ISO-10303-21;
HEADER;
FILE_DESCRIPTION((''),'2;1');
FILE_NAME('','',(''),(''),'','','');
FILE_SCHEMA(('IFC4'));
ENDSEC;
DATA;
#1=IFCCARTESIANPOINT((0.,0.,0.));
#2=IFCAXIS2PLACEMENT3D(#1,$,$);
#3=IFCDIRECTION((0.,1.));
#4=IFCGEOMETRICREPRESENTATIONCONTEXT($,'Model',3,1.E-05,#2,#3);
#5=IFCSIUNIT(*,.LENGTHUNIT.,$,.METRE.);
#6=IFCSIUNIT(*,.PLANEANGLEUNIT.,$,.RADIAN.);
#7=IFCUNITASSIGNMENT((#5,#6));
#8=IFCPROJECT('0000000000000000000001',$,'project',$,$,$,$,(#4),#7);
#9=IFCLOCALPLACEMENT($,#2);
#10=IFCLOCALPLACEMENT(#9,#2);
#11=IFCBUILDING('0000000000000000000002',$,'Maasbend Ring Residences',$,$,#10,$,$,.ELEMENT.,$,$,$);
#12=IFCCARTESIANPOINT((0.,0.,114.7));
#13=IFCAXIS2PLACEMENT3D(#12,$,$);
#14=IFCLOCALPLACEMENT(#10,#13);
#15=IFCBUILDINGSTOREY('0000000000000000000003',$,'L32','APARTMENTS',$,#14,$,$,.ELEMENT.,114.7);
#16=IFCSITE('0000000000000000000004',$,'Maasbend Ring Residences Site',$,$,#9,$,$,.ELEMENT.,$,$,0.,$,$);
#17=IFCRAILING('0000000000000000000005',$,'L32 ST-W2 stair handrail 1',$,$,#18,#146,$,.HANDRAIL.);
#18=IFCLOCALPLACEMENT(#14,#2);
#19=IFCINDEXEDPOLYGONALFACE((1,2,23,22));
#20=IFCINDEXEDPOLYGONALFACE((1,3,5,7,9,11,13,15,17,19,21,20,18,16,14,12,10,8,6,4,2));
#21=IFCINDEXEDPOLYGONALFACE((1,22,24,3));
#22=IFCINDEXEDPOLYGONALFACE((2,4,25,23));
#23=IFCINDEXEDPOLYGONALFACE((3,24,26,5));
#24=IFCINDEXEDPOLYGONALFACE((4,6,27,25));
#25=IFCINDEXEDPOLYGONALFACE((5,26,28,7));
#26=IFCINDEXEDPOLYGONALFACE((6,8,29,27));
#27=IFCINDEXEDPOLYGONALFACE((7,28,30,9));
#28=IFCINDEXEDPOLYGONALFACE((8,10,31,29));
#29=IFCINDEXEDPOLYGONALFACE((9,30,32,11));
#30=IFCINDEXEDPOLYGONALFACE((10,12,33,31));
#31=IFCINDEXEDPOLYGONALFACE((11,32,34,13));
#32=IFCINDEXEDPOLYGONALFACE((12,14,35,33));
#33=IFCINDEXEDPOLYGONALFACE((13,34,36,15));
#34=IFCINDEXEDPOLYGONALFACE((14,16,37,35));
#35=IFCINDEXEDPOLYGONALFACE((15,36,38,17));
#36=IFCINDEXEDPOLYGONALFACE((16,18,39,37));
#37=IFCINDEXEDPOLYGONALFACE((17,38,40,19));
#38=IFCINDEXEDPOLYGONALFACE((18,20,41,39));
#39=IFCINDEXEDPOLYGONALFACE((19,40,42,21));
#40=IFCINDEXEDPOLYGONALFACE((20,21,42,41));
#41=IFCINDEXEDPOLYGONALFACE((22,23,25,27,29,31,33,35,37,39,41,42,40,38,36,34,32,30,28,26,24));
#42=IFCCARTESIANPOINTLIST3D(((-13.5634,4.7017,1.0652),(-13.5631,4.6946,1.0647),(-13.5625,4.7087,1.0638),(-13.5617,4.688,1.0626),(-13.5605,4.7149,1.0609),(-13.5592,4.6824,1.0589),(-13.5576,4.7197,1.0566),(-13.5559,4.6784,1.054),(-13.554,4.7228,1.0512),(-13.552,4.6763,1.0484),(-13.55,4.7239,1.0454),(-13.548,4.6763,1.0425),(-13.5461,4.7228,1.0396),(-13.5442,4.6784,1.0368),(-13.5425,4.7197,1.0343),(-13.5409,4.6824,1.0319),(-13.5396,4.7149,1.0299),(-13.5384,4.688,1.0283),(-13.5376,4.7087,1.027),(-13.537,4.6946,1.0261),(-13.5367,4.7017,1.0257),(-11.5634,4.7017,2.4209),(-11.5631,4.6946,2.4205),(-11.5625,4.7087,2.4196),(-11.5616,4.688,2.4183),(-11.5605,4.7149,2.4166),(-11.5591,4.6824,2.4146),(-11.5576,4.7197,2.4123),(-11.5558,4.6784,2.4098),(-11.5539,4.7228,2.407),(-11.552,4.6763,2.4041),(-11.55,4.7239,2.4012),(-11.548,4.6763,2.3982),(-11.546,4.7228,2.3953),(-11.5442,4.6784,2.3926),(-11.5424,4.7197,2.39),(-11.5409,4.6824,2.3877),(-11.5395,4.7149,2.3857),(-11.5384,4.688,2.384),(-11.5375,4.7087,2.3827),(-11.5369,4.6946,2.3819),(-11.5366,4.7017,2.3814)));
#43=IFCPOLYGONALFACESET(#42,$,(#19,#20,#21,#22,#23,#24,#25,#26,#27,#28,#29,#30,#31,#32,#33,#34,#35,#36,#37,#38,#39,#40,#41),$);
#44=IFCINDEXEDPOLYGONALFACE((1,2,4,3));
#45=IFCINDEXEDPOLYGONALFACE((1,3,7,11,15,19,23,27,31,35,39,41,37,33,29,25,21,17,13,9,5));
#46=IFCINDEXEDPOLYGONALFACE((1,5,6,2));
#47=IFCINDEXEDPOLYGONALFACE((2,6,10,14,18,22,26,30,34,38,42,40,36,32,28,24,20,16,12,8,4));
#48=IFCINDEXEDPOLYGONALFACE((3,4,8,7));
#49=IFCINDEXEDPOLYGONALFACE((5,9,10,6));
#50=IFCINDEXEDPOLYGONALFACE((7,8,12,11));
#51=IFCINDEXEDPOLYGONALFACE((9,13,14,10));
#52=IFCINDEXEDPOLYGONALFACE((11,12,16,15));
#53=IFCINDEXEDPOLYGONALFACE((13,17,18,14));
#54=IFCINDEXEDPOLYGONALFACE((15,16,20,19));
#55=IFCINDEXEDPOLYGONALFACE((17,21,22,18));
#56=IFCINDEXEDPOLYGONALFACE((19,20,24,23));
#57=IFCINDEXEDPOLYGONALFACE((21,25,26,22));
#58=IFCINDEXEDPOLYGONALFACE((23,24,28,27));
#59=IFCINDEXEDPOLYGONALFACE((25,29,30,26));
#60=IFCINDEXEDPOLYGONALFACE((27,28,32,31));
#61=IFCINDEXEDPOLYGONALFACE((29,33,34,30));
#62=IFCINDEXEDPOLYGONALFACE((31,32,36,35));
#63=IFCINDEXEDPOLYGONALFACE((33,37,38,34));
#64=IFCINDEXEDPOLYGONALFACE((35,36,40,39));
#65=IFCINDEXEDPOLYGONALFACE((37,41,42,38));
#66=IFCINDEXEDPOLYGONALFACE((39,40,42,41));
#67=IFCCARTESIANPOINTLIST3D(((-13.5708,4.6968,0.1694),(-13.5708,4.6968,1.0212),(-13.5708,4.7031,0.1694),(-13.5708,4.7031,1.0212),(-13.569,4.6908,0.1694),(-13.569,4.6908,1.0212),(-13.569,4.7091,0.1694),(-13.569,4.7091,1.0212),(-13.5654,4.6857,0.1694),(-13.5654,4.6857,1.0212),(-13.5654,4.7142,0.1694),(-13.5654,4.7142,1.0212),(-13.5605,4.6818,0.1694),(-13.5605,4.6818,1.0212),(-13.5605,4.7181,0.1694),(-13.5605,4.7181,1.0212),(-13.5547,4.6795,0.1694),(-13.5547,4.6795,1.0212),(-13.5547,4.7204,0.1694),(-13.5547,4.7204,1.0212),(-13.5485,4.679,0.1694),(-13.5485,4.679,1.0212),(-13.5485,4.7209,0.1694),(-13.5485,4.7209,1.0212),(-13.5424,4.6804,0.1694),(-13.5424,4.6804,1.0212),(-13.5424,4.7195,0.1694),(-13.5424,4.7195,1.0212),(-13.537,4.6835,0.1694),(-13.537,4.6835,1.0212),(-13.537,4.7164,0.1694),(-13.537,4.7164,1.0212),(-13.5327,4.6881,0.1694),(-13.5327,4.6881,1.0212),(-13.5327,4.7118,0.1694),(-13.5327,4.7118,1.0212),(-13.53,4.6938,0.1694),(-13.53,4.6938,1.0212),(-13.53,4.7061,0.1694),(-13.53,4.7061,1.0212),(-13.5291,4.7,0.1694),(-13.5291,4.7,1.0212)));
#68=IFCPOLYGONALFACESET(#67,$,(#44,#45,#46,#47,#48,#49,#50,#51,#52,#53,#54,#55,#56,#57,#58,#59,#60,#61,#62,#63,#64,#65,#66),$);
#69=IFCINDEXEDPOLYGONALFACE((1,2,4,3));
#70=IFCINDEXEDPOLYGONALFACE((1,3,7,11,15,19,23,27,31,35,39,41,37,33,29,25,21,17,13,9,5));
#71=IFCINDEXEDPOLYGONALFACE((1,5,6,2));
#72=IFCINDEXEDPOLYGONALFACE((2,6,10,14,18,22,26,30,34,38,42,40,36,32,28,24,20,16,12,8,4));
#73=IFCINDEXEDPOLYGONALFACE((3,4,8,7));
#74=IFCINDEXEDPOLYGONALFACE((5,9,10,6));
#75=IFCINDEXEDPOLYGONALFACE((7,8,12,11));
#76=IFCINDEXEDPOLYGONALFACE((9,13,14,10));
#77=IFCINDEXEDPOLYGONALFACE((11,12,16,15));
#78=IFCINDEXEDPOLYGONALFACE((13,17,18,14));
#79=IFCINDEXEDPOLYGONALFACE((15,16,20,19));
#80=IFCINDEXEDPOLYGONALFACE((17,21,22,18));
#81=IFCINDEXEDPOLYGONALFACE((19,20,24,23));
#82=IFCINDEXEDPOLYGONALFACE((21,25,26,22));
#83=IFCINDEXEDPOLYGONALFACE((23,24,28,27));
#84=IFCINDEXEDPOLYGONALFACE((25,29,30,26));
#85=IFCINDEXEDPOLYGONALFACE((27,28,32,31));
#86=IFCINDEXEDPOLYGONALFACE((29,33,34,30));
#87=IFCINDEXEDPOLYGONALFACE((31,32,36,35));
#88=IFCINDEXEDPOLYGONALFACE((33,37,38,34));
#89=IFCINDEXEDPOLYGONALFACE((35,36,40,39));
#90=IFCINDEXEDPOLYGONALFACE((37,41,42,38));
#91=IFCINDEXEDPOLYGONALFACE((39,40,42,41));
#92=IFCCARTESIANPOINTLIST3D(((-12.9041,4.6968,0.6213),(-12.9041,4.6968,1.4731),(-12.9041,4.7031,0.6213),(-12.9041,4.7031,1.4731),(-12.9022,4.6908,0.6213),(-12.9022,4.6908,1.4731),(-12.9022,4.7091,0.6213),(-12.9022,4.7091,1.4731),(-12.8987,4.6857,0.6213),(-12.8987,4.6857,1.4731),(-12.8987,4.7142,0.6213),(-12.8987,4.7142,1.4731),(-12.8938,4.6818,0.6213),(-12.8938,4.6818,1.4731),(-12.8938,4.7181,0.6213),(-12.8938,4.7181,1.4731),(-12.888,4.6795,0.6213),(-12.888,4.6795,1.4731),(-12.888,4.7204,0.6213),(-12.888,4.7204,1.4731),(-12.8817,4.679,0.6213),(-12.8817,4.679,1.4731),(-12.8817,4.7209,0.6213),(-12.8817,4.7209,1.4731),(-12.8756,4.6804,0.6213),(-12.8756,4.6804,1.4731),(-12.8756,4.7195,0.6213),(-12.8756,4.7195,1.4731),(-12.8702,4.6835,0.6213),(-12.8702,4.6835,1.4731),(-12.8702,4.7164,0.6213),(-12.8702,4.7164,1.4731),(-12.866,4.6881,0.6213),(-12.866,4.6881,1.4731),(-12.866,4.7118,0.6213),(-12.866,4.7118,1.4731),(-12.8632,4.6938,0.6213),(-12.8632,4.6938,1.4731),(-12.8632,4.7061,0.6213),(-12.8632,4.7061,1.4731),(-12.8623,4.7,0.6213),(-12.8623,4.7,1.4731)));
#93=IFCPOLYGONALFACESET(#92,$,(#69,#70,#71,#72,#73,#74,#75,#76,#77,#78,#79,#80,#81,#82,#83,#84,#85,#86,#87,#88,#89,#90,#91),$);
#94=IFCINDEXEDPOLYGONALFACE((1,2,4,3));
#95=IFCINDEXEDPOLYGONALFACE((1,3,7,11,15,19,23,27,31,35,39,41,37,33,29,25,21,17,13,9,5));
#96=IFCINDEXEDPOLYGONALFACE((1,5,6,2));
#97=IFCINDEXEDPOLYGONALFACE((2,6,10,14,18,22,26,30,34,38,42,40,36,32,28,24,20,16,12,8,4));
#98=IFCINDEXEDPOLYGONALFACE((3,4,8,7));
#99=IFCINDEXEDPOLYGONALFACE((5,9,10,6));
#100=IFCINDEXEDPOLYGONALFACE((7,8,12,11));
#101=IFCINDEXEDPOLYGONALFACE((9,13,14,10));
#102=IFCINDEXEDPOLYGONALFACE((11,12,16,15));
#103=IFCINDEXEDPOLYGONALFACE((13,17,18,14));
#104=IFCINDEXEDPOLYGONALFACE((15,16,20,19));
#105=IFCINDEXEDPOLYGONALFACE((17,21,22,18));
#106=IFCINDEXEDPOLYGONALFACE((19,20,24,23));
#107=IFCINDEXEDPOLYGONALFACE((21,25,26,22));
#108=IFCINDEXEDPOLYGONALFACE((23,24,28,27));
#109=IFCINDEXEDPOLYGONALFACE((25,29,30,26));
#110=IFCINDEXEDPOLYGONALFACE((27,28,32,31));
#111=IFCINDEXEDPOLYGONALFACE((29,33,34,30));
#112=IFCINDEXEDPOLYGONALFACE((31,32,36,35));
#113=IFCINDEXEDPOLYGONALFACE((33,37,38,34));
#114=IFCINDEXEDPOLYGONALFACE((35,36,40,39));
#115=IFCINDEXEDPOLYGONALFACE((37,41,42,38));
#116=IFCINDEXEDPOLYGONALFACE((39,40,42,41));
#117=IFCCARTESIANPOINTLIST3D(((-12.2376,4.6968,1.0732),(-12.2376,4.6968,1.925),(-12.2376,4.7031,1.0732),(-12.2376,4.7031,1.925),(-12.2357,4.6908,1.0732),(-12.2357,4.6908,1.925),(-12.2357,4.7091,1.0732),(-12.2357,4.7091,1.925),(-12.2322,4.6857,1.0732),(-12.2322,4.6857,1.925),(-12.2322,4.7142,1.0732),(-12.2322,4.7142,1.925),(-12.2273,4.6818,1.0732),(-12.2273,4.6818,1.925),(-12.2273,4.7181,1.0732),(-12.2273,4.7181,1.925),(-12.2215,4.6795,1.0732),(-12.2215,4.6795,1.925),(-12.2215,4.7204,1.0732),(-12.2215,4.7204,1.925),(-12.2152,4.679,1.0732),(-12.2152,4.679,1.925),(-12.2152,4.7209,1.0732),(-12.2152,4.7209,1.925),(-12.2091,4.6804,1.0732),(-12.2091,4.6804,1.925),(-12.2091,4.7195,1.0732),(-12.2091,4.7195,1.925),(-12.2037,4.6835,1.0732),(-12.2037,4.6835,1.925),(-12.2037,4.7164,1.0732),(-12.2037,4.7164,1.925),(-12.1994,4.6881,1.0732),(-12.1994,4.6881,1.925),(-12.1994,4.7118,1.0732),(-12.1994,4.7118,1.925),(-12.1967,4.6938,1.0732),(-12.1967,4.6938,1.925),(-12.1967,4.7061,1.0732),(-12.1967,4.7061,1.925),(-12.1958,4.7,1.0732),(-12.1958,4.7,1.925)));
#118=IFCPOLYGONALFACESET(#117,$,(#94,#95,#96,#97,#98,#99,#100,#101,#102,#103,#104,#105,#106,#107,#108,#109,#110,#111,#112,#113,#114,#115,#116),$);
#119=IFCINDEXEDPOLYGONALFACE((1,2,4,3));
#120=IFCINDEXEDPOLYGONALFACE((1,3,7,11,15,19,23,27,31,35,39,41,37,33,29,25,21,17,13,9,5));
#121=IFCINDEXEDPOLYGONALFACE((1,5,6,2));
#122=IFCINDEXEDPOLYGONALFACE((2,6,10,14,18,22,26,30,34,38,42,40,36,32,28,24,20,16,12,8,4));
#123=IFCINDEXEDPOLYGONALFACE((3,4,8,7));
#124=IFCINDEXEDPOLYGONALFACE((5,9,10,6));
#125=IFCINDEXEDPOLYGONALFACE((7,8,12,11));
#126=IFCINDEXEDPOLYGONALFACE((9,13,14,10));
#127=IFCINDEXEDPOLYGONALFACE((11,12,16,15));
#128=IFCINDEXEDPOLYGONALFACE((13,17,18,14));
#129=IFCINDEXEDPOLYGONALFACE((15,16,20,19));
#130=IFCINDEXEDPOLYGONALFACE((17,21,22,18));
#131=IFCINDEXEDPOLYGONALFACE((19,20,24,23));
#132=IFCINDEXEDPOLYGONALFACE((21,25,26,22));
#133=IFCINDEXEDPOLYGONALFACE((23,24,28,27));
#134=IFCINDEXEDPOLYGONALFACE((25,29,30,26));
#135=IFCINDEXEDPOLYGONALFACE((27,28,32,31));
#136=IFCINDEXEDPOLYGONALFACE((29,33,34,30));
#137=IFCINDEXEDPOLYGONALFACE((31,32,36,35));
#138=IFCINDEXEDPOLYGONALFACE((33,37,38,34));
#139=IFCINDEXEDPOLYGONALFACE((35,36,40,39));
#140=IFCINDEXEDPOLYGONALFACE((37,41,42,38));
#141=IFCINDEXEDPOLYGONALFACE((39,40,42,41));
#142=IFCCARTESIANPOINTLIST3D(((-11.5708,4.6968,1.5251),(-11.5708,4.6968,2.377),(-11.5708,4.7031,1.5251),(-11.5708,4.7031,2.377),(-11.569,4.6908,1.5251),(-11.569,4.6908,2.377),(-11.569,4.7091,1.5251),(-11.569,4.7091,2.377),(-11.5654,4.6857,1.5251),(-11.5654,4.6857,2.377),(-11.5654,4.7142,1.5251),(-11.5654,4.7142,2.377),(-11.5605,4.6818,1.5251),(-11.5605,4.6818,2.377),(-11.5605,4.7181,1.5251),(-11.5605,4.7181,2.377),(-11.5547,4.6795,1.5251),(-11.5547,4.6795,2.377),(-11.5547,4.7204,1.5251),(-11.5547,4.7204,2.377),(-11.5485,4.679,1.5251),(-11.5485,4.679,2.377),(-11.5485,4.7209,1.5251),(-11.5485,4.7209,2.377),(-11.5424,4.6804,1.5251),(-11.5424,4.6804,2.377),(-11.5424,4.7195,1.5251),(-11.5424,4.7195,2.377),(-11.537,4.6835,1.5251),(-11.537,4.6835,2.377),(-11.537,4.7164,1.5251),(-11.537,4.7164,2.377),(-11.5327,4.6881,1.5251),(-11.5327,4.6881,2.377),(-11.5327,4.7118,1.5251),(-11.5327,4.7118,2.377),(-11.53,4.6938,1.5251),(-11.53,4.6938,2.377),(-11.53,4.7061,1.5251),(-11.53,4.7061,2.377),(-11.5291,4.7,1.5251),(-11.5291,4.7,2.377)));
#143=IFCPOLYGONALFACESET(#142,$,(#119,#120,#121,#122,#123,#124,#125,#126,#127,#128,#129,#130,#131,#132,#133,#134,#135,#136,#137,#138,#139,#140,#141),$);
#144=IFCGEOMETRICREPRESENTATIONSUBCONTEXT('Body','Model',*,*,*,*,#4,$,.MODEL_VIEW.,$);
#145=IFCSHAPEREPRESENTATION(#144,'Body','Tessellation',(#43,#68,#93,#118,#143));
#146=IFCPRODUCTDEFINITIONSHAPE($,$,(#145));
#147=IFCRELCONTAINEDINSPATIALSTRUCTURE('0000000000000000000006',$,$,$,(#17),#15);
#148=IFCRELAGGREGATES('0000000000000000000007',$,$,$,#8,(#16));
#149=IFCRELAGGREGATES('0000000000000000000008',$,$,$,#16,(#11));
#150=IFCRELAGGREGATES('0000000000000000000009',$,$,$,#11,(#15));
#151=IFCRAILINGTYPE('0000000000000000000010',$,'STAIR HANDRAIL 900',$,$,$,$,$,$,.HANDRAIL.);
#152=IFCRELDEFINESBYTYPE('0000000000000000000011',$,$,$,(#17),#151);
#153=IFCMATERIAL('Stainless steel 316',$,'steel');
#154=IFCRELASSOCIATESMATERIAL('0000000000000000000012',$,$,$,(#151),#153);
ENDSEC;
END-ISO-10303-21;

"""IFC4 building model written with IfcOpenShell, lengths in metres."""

from ifc_helpers import new_model, si_unit, direction, frame, origin, origin_2d, place, context, subcontext, project, spatial, circle, extrude, material, type_object, element, save


model = new_model("IFC4")

# Units and contexts
model_context = context("Model", 3, precision=1e-05, world=origin(), true_north=direction((0.0, 1.0)))
body_context = subcontext(model_context, "Body", "Model", "MODEL_VIEW")
ifc_project = project(units=[si_unit("LENGTHUNIT", "METRE"), si_unit("PLANEANGLEUNIT", "RADIAN")], contexts=[model_context])

# Site, building, storey
site_placement = place(None, origin())
site = spatial("IfcSite", under=ifc_project, at=site_placement, Name="Maasbend Ring Residences Site", CompositionType="ELEMENT", RefElevation=0.0)
building_placement = place(site_placement, origin())
building = spatial("IfcBuilding", under=site, at=building_placement, Name="Maasbend Ring Residences", CompositionType="ELEMENT")
storey_placement = place(building_placement, frame((0.0, 0.0, 114.7)))
storey = spatial("IfcBuildingStorey", under=building, at=storey_placement, Name="L32", Description="APARTMENTS", CompositionType="ELEMENT", Elevation=114.7)

# Railing
ifc_material_1 = material(Name="Stainless steel 316", Category="steel")
railing_type_1 = type_object("IfcRailingType", Name="STAIR HANDRAIL 900", PredefinedType="HANDRAIL", material=ifc_material_1)
railing_1_placement = place(storey_placement, frame((-13.55, 4.7, 0.1694)))
element("IfcRailing", 1, at=railing_1_placement, inside=storey, type_object=railing_type_1, Name="L32 ST-W2 stair handrail 1", PredefinedType="HANDRAIL", context=body_context, shape_type="SweptSolid", body=[
    extrude(circle(Radius=0.0239, at=origin_2d()), frame((0.0, 0.0, 0.876), z_axis=(0.827751, 0.0, 0.561096), x_axis=(0.0, 1.0, 0.0)), (0.0, 0.0, 1.0), 2.4163),
    extrude(circle(Radius=0.021, at=origin_2d()), origin(), (0.0, 0.0, 1.0), 0.8518),
    extrude(circle(Radius=0.021, at=origin_2d()), frame((0.6667, 0.0, 0.4519)), (0.0, 0.0, 1.0), 0.8518),
    extrude(circle(Radius=0.021, at=origin_2d()), frame((1.3333, 0.0, 0.9038)), (0.0, 0.0, 1.0), 0.8518),
    extrude(circle(Radius=0.021, at=origin_2d()), frame((2.0, 0.0, 1.3557)), (0.0, 0.0, 1.0), 0.8518),
])

save(model, "model.ifc")
